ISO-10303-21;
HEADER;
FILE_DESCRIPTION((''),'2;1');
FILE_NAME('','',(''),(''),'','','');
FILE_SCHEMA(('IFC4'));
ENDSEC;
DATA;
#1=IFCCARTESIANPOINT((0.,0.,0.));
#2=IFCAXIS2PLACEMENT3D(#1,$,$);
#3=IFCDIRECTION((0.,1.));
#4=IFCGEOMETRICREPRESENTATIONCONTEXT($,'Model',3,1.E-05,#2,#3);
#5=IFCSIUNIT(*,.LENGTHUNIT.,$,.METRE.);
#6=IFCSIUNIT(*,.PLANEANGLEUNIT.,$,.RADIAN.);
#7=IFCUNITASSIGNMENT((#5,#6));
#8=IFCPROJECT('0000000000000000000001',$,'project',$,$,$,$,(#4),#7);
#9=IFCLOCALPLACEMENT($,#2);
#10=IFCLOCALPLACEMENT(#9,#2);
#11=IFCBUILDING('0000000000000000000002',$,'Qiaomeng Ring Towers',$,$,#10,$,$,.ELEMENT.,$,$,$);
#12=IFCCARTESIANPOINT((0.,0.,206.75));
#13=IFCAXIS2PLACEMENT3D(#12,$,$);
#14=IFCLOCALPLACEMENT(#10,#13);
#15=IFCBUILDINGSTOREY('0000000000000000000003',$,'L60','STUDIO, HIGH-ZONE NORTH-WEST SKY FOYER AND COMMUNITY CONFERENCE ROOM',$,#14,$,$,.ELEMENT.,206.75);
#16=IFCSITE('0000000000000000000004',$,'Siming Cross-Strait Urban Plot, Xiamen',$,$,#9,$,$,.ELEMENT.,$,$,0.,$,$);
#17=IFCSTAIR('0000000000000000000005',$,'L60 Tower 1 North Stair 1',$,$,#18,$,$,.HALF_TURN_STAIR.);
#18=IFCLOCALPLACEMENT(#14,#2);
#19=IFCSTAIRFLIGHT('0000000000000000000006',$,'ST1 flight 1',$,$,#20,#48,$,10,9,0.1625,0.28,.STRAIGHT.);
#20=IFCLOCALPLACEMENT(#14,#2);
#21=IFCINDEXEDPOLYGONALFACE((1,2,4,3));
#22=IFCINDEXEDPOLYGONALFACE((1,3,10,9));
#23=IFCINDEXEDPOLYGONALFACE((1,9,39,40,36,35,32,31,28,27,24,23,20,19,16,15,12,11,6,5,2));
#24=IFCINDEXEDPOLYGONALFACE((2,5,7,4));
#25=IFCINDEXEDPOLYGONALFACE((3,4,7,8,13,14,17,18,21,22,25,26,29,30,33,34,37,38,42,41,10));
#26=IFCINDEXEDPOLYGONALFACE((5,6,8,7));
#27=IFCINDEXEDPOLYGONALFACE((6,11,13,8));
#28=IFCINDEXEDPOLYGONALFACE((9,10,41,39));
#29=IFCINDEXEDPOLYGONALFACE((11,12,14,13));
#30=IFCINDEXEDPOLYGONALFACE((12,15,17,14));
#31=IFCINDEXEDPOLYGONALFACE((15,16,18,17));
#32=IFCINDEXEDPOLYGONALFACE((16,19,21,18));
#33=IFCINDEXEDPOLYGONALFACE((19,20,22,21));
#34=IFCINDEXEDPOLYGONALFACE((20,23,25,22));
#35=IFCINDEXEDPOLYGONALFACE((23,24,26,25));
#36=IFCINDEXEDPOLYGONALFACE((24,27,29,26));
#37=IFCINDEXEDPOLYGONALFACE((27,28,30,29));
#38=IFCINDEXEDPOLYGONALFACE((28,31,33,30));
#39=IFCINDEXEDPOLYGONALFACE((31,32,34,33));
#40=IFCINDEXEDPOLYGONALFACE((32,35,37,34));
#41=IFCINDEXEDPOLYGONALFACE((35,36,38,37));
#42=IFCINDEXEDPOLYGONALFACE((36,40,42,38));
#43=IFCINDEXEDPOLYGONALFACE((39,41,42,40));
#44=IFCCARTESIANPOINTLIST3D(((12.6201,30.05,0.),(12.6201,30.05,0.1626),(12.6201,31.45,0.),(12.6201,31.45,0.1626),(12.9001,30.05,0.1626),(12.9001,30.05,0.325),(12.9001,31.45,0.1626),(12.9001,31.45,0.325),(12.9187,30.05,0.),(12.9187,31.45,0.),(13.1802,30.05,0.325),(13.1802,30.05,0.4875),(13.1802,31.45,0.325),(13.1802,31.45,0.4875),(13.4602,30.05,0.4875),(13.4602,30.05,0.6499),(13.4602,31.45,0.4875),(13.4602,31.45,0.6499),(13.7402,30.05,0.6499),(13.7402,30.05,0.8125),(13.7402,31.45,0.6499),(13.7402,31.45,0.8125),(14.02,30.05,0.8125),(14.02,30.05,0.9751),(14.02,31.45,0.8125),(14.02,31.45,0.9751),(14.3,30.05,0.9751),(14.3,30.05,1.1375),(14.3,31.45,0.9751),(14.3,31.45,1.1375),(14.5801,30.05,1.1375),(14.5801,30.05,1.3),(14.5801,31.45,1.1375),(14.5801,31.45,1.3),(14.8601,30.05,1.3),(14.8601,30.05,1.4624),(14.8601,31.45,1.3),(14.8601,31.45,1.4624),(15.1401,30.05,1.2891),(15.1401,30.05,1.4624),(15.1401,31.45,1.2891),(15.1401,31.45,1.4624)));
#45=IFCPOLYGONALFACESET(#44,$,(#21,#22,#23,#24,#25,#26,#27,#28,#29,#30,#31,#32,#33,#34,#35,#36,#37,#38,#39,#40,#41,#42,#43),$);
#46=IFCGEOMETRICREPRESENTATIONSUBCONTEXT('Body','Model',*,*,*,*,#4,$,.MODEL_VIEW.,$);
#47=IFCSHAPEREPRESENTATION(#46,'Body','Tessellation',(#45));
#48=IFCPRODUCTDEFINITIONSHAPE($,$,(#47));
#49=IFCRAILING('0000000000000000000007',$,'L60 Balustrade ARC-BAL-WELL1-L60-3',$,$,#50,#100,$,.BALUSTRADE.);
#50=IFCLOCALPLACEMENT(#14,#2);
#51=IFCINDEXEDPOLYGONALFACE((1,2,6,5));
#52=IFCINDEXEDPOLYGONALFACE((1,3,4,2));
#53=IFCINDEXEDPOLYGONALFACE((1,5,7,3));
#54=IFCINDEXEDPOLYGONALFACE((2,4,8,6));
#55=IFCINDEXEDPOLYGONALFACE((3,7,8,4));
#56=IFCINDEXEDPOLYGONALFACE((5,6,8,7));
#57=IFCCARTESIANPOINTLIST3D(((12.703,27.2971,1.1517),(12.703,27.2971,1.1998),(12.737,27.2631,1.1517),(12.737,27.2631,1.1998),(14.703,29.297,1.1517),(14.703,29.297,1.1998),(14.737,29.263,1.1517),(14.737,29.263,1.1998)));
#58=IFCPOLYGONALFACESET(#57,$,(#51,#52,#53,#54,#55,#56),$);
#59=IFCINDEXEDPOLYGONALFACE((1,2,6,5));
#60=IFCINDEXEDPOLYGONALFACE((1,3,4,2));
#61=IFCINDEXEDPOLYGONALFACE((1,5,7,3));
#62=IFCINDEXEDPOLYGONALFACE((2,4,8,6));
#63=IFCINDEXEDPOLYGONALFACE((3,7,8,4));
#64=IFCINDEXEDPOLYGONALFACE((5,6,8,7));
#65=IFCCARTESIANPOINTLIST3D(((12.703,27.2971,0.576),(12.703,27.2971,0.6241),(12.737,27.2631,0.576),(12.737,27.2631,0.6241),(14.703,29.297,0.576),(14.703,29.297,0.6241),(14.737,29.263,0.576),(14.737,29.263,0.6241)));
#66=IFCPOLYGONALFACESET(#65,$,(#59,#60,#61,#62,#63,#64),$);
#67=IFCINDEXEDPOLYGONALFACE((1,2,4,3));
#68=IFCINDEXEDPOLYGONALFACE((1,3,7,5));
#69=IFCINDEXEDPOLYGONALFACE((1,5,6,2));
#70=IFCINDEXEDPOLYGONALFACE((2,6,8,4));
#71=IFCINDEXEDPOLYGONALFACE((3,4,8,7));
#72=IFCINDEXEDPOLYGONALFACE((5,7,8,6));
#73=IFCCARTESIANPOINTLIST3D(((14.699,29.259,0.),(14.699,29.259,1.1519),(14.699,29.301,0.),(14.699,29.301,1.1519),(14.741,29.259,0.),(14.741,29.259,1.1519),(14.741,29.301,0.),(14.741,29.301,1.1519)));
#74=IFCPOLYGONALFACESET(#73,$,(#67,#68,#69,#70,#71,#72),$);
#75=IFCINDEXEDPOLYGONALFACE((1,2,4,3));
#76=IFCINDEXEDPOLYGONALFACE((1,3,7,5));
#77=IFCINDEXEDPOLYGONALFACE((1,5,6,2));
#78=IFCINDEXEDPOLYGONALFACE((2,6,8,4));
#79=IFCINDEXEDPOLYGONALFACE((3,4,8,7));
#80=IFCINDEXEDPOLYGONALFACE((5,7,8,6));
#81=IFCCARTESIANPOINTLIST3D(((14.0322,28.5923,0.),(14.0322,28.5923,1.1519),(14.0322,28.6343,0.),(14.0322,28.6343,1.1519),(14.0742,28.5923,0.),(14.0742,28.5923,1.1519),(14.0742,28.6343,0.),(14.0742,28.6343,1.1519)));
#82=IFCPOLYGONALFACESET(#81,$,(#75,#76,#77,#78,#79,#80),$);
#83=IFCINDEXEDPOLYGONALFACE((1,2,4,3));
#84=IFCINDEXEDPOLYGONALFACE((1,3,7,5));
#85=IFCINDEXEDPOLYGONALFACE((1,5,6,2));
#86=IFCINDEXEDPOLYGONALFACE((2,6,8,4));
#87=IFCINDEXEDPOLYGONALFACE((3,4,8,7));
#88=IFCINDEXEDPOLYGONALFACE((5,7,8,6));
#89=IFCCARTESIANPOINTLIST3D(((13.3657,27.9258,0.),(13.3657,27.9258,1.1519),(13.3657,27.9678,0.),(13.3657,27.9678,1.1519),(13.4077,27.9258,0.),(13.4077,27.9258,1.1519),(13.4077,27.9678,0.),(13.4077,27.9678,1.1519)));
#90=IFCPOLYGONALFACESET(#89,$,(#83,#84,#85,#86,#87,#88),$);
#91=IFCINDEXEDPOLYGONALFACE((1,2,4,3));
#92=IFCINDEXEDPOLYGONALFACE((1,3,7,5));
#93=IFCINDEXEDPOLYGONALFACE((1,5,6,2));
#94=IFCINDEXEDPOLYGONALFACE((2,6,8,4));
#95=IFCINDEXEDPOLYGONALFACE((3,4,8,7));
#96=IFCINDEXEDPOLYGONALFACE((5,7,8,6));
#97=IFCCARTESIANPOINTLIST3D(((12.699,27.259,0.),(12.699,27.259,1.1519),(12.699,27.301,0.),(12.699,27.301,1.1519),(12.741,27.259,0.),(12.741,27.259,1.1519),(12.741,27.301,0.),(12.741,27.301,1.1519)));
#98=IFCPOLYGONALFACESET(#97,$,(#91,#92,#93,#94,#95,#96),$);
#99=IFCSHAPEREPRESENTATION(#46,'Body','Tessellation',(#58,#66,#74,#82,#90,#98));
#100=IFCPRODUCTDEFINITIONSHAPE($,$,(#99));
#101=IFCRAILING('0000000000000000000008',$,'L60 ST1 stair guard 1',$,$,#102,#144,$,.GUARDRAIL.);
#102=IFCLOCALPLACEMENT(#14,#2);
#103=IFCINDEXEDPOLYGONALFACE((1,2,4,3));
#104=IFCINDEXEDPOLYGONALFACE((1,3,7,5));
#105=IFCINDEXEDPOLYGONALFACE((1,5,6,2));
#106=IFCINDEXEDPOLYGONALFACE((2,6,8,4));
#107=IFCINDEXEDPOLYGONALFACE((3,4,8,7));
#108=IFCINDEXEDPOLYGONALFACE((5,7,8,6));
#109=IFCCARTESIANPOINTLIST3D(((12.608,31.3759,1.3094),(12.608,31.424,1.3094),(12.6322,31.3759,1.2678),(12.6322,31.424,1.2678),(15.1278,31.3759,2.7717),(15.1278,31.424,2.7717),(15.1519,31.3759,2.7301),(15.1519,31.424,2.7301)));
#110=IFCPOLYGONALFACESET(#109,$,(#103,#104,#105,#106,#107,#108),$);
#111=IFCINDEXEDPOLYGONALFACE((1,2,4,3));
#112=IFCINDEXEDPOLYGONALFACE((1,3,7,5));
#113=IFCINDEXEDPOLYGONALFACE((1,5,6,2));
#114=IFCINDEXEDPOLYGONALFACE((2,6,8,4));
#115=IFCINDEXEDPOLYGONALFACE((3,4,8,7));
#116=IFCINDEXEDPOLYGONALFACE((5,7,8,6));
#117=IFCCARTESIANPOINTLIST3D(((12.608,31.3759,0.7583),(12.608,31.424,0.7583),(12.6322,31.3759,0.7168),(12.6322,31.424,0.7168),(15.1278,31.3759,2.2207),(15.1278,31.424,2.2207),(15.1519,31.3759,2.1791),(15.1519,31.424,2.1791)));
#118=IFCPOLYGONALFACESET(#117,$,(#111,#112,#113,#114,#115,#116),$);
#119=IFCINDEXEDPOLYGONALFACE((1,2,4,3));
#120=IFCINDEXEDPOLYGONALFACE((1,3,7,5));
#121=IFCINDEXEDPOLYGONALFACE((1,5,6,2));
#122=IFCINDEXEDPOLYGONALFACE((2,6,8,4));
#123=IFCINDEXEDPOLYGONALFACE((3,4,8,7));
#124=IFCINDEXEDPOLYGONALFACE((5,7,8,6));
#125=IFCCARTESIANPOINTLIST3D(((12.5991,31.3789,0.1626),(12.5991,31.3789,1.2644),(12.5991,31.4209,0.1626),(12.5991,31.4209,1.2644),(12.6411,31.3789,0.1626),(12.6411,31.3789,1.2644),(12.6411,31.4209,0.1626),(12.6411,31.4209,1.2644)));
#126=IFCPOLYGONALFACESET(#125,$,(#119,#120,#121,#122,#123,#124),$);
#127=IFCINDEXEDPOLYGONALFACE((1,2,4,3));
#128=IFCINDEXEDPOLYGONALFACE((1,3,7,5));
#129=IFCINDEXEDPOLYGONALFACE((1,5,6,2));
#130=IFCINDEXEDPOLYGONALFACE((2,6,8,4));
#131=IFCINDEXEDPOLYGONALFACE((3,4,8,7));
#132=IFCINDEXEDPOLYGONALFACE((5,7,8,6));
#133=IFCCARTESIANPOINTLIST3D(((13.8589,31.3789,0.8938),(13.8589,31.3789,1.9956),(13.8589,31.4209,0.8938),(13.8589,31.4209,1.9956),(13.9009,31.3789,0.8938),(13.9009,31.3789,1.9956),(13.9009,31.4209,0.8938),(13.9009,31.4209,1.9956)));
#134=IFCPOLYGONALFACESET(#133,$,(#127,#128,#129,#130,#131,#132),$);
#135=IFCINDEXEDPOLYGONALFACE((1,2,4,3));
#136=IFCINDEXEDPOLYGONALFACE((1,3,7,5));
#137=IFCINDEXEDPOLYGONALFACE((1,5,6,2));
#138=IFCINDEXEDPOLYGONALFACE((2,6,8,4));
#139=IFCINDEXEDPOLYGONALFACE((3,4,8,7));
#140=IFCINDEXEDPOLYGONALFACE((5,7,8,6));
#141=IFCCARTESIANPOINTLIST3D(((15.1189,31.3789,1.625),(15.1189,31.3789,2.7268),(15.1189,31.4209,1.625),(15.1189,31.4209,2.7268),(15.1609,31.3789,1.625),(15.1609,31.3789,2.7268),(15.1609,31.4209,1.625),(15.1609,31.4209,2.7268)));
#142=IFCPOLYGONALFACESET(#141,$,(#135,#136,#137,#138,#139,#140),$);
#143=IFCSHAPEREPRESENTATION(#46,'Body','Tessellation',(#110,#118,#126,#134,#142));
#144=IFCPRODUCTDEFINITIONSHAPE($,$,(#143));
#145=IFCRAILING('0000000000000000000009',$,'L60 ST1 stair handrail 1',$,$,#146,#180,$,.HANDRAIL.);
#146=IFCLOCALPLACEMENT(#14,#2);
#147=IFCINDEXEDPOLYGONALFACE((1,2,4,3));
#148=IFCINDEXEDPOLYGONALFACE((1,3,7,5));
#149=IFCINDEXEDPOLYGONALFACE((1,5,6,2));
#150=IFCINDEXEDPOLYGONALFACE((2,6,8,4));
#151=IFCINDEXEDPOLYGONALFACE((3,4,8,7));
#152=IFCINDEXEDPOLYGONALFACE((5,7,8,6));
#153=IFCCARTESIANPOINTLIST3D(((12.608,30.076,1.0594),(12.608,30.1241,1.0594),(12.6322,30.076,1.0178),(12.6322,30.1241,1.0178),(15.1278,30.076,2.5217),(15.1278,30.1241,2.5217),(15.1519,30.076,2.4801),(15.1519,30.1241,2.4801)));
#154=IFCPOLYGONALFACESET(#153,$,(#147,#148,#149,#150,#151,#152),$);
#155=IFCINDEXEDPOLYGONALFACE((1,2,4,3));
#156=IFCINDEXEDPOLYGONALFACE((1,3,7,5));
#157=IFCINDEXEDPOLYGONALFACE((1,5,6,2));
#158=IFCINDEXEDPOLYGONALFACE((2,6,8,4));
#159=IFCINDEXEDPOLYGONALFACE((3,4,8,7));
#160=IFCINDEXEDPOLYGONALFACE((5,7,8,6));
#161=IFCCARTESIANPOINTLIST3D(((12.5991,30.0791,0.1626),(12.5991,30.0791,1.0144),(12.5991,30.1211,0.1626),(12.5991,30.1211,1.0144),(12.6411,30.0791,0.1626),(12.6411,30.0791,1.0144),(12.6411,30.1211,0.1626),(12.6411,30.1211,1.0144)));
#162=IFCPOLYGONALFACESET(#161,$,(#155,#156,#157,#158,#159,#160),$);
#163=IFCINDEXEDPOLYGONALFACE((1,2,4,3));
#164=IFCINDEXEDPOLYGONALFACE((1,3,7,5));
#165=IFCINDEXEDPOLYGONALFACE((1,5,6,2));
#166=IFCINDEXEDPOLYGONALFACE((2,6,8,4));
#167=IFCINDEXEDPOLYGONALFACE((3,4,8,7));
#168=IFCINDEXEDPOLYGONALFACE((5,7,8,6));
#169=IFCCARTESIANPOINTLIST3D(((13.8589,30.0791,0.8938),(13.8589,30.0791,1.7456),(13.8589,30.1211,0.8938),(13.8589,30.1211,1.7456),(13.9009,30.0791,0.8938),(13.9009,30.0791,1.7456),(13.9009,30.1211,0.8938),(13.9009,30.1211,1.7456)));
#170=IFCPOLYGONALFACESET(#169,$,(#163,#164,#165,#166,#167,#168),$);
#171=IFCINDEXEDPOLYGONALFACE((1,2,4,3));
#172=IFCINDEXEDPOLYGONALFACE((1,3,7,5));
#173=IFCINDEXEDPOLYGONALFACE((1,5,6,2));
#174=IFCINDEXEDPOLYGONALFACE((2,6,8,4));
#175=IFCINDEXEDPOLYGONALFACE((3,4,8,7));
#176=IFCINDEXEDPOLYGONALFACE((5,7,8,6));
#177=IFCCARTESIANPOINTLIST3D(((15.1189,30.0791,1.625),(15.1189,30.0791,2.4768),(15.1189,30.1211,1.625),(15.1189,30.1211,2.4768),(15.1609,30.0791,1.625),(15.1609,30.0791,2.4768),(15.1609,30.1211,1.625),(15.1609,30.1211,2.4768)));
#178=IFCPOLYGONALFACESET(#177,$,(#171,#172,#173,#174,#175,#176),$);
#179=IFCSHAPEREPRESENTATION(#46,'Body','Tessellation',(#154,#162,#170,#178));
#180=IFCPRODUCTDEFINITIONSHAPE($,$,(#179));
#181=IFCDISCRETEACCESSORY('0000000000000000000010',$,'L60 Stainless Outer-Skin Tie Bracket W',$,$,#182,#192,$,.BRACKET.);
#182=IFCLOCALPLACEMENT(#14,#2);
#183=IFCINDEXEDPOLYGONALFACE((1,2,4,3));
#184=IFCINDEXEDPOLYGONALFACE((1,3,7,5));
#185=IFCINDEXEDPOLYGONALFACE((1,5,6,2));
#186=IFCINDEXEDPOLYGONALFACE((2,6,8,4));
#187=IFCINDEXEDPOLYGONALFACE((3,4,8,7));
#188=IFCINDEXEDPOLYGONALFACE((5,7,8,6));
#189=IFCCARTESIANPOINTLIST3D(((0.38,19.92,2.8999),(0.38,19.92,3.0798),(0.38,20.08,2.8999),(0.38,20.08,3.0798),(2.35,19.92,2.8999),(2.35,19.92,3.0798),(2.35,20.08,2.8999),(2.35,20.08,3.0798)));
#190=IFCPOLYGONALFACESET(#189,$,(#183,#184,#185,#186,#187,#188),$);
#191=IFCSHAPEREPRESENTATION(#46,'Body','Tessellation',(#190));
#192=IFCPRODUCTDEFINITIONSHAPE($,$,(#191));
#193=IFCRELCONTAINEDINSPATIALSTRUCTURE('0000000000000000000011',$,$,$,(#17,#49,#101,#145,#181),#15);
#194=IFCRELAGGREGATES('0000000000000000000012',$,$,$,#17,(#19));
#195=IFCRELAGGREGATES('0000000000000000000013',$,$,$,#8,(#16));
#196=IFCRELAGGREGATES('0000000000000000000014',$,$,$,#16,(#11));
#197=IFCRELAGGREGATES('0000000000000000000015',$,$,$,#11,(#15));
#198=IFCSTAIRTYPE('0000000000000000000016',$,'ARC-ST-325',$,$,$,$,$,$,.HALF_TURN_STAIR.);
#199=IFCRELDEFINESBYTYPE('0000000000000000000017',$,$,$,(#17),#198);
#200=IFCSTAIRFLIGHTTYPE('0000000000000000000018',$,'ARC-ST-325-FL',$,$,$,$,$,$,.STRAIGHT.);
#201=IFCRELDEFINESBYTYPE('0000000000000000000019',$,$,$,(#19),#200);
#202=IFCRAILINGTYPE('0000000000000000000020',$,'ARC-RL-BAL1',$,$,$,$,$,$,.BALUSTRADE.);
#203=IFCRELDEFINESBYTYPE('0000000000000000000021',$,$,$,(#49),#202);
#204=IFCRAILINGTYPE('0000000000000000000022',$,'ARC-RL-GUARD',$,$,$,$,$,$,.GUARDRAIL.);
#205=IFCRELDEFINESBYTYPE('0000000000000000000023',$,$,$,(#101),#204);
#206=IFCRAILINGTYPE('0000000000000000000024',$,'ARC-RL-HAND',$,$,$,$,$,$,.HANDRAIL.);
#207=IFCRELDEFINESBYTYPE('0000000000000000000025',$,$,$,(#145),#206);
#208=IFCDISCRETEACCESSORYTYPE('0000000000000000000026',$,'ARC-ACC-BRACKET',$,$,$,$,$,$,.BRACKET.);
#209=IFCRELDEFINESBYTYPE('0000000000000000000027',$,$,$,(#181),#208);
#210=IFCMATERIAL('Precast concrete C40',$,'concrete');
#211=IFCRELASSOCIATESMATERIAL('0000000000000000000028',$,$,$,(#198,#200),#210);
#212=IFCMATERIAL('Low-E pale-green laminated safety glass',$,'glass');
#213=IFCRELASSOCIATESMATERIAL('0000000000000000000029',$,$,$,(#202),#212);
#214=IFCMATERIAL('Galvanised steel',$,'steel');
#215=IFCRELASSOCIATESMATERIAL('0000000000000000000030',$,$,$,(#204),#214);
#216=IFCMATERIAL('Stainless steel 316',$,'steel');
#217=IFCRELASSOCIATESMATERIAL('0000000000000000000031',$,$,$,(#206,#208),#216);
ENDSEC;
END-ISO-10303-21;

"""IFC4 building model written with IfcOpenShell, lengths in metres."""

from ifc_helpers import new_model, si_unit, direction, frame, origin, origin_2d, place, context, subcontext, project, spatial, polyline, rectangle, outline, extrude, source, transform, mapped, material, type_object, element, aggregate, save


model = new_model("IFC4")

# Units and contexts
model_context = context("Model", 3, precision=1e-05, world=origin(), true_north=direction((0.0, 1.0)))
body_context = subcontext(model_context, "Body", "Model", "MODEL_VIEW")
ifc_project = project(units=[si_unit("LENGTHUNIT", "METRE"), si_unit("PLANEANGLEUNIT", "RADIAN")], contexts=[model_context])

# Site, building, storey
site_placement = place(None, origin())
site = spatial("IfcSite", under=ifc_project, at=site_placement, Name="Siming Cross-Strait Urban Plot, Xiamen", CompositionType="ELEMENT", RefElevation=0.0)
building_placement = place(site_placement, origin())
building = spatial("IfcBuilding", under=site, at=building_placement, Name="Qiaomeng Ring Towers", CompositionType="ELEMENT")
storey_placement = place(building_placement, frame((0.0, 0.0, 206.75)))
storey = spatial("IfcBuildingStorey", under=building, at=storey_placement, Name="L60", Description="STUDIO, HIGH-ZONE NORTH-WEST SKY FOYER AND COMMUNITY CONFERENCE ROOM", CompositionType="ELEMENT", Elevation=206.75)

# Shared definitions
ifc_material_1 = material(Name="Stainless steel 316", Category="steel")

# Stair, stair flight
ifc_material_2 = material(Name="Precast concrete C40", Category="concrete")
stair_type = type_object("IfcStairType", Name="ARC-ST-325", PredefinedType="HALF_TURN_STAIR", material=ifc_material_2)
stair_placement = place(storey_placement, origin())
stair = element("IfcStair", 1, at=stair_placement, inside=storey, type_object=stair_type, Name="L60 Tower 1 North Stair 1", PredefinedType="HALF_TURN_STAIR")
stair_flight_type = type_object("IfcStairFlightType", Name="ARC-ST-325-FL", PredefinedType="STRAIGHT", material=ifc_material_2)
shared_shape_1 = source(origin(), body_context, "Body", "SweptSolid", [
    extrude(outline(polyline([(0.0, 0.0), (0.0, 0.1626), (0.28, 0.1626), (0.28, 0.325), (0.5601, 0.325), (0.5601, 0.4875), (0.8401, 0.4875), (0.8401, 0.6499), (1.1201, 0.6499), (1.1201, 0.8125), (1.3999, 0.8125), (1.3999, 0.9751), (1.6799, 0.9751), (1.6799, 1.1375), (1.96, 1.1375), (1.96, 1.3), (2.24, 1.3), (2.24, 1.4624), (2.52, 1.4624), (2.52, 1.625), (2.52, 1.2891), (0.2986, 0.0), (0.0, 0.0)])), frame((0.0, 0.7, 0.0), z_axis=(0.0, -1.0, 0.0), x_axis=(1.0, 0.0, 0.0)), (0.0, 0.0, 1.0), 1.3999),
])
stair_flight_placement = place(storey_placement, frame((12.6201, 30.75, 0.0), z_axis=(0.0, 0.0, 1.0), x_axis=(1.0, 0.0, 0.0)))
stair_flight = element("IfcStairFlight", 2, at=stair_flight_placement, type_object=stair_flight_type, Name="ST1 flight 1", NumberOfRisers=10, NumberOfTreads=9, PredefinedType="STRAIGHT", RiserHeight=0.1625, TreadLength=0.28, context=body_context, shape_type="MappedRepresentation", body=[
    mapped(shared_shape_1, transform((0.0, 0.0, 0.0), x_axis=(1.0, 0.0, 0.0), y_axis=(0.0, 1.0, 0.0), z_axis=(0.0, 0.0, 1.0), scale=1.0)),
])
aggregate(stair, [stair_flight])

# Railings
ifc_material_3 = material(Name="Low-E pale-green laminated safety glass", Category="glass")
railing_type_1 = type_object("IfcRailingType", Name="ARC-RL-BAL1", PredefinedType="BALUSTRADE", material=ifc_material_3)
railing_1_placement = place(storey_placement, frame((14.72, 29.28, 0.0)))
element("IfcRailing", 3, at=railing_1_placement, inside=storey, type_object=railing_type_1, Name="L60 Balustrade ARC-BAL-WELL1-L60-3", PredefinedType="BALUSTRADE", context=body_context, shape_type="SweptSolid", body=[
    extrude(rectangle(XDim=0.0481, YDim=0.0481, at=origin_2d()), frame((0.0, 0.0, 1.1758), z_axis=(-0.707107, -0.707107, 0.0), x_axis=(0.707107, -0.707107, 0.0)), (0.0, 0.0, 1.0), 2.8284),
    extrude(rectangle(XDim=0.0481, YDim=0.0481, at=origin_2d()), frame((0.0, 0.0, 0.6001), z_axis=(-0.707107, -0.707107, 0.0), x_axis=(0.707107, -0.707107, 0.0)), (0.0, 0.0, 1.0), 2.8284),
    extrude(rectangle(XDim=0.042, YDim=0.042, at=origin_2d()), origin(), (0.0, 0.0, 1.0), 1.1519),
    extrude(rectangle(XDim=0.042, YDim=0.042, at=origin_2d()), frame((-0.6667, -0.6667, 0.0)), (0.0, 0.0, 1.0), 1.1519),
    extrude(rectangle(XDim=0.042, YDim=0.042, at=origin_2d()), frame((-1.3333, -1.3333, 0.0)), (0.0, 0.0, 1.0), 1.1519),
    extrude(rectangle(XDim=0.042, YDim=0.042, at=origin_2d()), frame((-2.0, -2.0, 0.0)), (0.0, 0.0, 1.0), 1.1519),
])
ifc_material_4 = material(Name="Galvanised steel", Category="steel")
railing_type_2 = type_object("IfcRailingType", Name="ARC-RL-GUARD", PredefinedType="GUARDRAIL", material=ifc_material_4)
railing_2_placement = place(storey_placement, frame((12.6201, 31.3999, 0.1626)))
element("IfcRailing", 4, at=railing_2_placement, inside=storey, type_object=railing_type_2, Name="L60 ST1 stair guard 1", PredefinedType="GUARDRAIL", context=body_context, shape_type="SweptSolid", body=[
    extrude(rectangle(XDim=0.0481, YDim=0.0481, at=origin_2d()), frame((0.0, 0.0, 1.126), z_axis=(0.864892, 0.0, 0.501958), x_axis=(0.0, 1.0, 0.0)), (0.0, 0.0, 1.0), 2.9133),
    extrude(rectangle(XDim=0.0481, YDim=0.0481, at=origin_2d()), frame((0.0, 0.0, 0.575), z_axis=(0.864892, 0.0, 0.501958), x_axis=(0.0, 1.0, 0.0)), (0.0, 0.0, 1.0), 2.9133),
    extrude(rectangle(XDim=0.042, YDim=0.042, at=origin_2d()), origin(), (0.0, 0.0, 1.0), 1.1018),
    extrude(rectangle(XDim=0.042, YDim=0.042, at=origin_2d()), frame((1.2598, 0.0, 0.7312)), (0.0, 0.0, 1.0), 1.1018),
    extrude(rectangle(XDim=0.042, YDim=0.042, at=origin_2d()), frame((2.5198, 0.0, 1.4624)), (0.0, 0.0, 1.0), 1.1018),
])
railing_type_3 = type_object("IfcRailingType", Name="ARC-RL-HAND", PredefinedType="HANDRAIL", material=ifc_material_1)
railing_3_placement = place(storey_placement, frame((12.6201, 30.1001, 0.1626)))
element("IfcRailing", 5, at=railing_3_placement, inside=storey, type_object=railing_type_3, Name="L60 ST1 stair handrail 1", PredefinedType="HANDRAIL", context=body_context, shape_type="SweptSolid", body=[
    extrude(rectangle(XDim=0.0481, YDim=0.0481, at=origin_2d()), frame((0.0, 0.0, 0.876), z_axis=(0.864892, 0.0, 0.501958), x_axis=(0.0, 1.0, 0.0)), (0.0, 0.0, 1.0), 2.9133),
    extrude(rectangle(XDim=0.042, YDim=0.042, at=origin_2d()), origin(), (0.0, 0.0, 1.0), 0.8518),
    extrude(rectangle(XDim=0.042, YDim=0.042, at=origin_2d()), frame((1.2598, 0.0, 0.7312)), (0.0, 0.0, 1.0), 0.8518),
    extrude(rectangle(XDim=0.042, YDim=0.042, at=origin_2d()), frame((2.5198, 0.0, 1.4624)), (0.0, 0.0, 1.0), 0.8518),
])

# Discrete accessory
discrete_accessory_type = type_object("IfcDiscreteAccessoryType", Name="ARC-ACC-BRACKET", PredefinedType="BRACKET", material=ifc_material_1)
shared_shape_2 = source(origin(), body_context, "Body", "SweptSolid", [
    extrude(rectangle(XDim=1.97, YDim=0.1599, at=origin_2d()), origin(), (0.0, 0.0, 1.0), 0.1799),
])
discrete_accessory_placement = place(storey_placement, frame((1.365, 20.0, 2.8999), z_axis=(0.0, 0.0, 1.0), x_axis=(1.0, 0.0, 0.0)))
element("IfcDiscreteAccessory", 6, at=discrete_accessory_placement, inside=storey, type_object=discrete_accessory_type, Name="L60 Stainless Outer-Skin Tie Bracket W", PredefinedType="BRACKET", context=body_context, shape_type="MappedRepresentation", body=[
    mapped(shared_shape_2, transform((0.0, 0.0, 0.0), x_axis=(1.0, 0.0, 0.0), y_axis=(0.0, 1.0, 0.0), z_axis=(0.0, 0.0, 1.0), scale=1.0)),
])

save(model, "model.ifc")
